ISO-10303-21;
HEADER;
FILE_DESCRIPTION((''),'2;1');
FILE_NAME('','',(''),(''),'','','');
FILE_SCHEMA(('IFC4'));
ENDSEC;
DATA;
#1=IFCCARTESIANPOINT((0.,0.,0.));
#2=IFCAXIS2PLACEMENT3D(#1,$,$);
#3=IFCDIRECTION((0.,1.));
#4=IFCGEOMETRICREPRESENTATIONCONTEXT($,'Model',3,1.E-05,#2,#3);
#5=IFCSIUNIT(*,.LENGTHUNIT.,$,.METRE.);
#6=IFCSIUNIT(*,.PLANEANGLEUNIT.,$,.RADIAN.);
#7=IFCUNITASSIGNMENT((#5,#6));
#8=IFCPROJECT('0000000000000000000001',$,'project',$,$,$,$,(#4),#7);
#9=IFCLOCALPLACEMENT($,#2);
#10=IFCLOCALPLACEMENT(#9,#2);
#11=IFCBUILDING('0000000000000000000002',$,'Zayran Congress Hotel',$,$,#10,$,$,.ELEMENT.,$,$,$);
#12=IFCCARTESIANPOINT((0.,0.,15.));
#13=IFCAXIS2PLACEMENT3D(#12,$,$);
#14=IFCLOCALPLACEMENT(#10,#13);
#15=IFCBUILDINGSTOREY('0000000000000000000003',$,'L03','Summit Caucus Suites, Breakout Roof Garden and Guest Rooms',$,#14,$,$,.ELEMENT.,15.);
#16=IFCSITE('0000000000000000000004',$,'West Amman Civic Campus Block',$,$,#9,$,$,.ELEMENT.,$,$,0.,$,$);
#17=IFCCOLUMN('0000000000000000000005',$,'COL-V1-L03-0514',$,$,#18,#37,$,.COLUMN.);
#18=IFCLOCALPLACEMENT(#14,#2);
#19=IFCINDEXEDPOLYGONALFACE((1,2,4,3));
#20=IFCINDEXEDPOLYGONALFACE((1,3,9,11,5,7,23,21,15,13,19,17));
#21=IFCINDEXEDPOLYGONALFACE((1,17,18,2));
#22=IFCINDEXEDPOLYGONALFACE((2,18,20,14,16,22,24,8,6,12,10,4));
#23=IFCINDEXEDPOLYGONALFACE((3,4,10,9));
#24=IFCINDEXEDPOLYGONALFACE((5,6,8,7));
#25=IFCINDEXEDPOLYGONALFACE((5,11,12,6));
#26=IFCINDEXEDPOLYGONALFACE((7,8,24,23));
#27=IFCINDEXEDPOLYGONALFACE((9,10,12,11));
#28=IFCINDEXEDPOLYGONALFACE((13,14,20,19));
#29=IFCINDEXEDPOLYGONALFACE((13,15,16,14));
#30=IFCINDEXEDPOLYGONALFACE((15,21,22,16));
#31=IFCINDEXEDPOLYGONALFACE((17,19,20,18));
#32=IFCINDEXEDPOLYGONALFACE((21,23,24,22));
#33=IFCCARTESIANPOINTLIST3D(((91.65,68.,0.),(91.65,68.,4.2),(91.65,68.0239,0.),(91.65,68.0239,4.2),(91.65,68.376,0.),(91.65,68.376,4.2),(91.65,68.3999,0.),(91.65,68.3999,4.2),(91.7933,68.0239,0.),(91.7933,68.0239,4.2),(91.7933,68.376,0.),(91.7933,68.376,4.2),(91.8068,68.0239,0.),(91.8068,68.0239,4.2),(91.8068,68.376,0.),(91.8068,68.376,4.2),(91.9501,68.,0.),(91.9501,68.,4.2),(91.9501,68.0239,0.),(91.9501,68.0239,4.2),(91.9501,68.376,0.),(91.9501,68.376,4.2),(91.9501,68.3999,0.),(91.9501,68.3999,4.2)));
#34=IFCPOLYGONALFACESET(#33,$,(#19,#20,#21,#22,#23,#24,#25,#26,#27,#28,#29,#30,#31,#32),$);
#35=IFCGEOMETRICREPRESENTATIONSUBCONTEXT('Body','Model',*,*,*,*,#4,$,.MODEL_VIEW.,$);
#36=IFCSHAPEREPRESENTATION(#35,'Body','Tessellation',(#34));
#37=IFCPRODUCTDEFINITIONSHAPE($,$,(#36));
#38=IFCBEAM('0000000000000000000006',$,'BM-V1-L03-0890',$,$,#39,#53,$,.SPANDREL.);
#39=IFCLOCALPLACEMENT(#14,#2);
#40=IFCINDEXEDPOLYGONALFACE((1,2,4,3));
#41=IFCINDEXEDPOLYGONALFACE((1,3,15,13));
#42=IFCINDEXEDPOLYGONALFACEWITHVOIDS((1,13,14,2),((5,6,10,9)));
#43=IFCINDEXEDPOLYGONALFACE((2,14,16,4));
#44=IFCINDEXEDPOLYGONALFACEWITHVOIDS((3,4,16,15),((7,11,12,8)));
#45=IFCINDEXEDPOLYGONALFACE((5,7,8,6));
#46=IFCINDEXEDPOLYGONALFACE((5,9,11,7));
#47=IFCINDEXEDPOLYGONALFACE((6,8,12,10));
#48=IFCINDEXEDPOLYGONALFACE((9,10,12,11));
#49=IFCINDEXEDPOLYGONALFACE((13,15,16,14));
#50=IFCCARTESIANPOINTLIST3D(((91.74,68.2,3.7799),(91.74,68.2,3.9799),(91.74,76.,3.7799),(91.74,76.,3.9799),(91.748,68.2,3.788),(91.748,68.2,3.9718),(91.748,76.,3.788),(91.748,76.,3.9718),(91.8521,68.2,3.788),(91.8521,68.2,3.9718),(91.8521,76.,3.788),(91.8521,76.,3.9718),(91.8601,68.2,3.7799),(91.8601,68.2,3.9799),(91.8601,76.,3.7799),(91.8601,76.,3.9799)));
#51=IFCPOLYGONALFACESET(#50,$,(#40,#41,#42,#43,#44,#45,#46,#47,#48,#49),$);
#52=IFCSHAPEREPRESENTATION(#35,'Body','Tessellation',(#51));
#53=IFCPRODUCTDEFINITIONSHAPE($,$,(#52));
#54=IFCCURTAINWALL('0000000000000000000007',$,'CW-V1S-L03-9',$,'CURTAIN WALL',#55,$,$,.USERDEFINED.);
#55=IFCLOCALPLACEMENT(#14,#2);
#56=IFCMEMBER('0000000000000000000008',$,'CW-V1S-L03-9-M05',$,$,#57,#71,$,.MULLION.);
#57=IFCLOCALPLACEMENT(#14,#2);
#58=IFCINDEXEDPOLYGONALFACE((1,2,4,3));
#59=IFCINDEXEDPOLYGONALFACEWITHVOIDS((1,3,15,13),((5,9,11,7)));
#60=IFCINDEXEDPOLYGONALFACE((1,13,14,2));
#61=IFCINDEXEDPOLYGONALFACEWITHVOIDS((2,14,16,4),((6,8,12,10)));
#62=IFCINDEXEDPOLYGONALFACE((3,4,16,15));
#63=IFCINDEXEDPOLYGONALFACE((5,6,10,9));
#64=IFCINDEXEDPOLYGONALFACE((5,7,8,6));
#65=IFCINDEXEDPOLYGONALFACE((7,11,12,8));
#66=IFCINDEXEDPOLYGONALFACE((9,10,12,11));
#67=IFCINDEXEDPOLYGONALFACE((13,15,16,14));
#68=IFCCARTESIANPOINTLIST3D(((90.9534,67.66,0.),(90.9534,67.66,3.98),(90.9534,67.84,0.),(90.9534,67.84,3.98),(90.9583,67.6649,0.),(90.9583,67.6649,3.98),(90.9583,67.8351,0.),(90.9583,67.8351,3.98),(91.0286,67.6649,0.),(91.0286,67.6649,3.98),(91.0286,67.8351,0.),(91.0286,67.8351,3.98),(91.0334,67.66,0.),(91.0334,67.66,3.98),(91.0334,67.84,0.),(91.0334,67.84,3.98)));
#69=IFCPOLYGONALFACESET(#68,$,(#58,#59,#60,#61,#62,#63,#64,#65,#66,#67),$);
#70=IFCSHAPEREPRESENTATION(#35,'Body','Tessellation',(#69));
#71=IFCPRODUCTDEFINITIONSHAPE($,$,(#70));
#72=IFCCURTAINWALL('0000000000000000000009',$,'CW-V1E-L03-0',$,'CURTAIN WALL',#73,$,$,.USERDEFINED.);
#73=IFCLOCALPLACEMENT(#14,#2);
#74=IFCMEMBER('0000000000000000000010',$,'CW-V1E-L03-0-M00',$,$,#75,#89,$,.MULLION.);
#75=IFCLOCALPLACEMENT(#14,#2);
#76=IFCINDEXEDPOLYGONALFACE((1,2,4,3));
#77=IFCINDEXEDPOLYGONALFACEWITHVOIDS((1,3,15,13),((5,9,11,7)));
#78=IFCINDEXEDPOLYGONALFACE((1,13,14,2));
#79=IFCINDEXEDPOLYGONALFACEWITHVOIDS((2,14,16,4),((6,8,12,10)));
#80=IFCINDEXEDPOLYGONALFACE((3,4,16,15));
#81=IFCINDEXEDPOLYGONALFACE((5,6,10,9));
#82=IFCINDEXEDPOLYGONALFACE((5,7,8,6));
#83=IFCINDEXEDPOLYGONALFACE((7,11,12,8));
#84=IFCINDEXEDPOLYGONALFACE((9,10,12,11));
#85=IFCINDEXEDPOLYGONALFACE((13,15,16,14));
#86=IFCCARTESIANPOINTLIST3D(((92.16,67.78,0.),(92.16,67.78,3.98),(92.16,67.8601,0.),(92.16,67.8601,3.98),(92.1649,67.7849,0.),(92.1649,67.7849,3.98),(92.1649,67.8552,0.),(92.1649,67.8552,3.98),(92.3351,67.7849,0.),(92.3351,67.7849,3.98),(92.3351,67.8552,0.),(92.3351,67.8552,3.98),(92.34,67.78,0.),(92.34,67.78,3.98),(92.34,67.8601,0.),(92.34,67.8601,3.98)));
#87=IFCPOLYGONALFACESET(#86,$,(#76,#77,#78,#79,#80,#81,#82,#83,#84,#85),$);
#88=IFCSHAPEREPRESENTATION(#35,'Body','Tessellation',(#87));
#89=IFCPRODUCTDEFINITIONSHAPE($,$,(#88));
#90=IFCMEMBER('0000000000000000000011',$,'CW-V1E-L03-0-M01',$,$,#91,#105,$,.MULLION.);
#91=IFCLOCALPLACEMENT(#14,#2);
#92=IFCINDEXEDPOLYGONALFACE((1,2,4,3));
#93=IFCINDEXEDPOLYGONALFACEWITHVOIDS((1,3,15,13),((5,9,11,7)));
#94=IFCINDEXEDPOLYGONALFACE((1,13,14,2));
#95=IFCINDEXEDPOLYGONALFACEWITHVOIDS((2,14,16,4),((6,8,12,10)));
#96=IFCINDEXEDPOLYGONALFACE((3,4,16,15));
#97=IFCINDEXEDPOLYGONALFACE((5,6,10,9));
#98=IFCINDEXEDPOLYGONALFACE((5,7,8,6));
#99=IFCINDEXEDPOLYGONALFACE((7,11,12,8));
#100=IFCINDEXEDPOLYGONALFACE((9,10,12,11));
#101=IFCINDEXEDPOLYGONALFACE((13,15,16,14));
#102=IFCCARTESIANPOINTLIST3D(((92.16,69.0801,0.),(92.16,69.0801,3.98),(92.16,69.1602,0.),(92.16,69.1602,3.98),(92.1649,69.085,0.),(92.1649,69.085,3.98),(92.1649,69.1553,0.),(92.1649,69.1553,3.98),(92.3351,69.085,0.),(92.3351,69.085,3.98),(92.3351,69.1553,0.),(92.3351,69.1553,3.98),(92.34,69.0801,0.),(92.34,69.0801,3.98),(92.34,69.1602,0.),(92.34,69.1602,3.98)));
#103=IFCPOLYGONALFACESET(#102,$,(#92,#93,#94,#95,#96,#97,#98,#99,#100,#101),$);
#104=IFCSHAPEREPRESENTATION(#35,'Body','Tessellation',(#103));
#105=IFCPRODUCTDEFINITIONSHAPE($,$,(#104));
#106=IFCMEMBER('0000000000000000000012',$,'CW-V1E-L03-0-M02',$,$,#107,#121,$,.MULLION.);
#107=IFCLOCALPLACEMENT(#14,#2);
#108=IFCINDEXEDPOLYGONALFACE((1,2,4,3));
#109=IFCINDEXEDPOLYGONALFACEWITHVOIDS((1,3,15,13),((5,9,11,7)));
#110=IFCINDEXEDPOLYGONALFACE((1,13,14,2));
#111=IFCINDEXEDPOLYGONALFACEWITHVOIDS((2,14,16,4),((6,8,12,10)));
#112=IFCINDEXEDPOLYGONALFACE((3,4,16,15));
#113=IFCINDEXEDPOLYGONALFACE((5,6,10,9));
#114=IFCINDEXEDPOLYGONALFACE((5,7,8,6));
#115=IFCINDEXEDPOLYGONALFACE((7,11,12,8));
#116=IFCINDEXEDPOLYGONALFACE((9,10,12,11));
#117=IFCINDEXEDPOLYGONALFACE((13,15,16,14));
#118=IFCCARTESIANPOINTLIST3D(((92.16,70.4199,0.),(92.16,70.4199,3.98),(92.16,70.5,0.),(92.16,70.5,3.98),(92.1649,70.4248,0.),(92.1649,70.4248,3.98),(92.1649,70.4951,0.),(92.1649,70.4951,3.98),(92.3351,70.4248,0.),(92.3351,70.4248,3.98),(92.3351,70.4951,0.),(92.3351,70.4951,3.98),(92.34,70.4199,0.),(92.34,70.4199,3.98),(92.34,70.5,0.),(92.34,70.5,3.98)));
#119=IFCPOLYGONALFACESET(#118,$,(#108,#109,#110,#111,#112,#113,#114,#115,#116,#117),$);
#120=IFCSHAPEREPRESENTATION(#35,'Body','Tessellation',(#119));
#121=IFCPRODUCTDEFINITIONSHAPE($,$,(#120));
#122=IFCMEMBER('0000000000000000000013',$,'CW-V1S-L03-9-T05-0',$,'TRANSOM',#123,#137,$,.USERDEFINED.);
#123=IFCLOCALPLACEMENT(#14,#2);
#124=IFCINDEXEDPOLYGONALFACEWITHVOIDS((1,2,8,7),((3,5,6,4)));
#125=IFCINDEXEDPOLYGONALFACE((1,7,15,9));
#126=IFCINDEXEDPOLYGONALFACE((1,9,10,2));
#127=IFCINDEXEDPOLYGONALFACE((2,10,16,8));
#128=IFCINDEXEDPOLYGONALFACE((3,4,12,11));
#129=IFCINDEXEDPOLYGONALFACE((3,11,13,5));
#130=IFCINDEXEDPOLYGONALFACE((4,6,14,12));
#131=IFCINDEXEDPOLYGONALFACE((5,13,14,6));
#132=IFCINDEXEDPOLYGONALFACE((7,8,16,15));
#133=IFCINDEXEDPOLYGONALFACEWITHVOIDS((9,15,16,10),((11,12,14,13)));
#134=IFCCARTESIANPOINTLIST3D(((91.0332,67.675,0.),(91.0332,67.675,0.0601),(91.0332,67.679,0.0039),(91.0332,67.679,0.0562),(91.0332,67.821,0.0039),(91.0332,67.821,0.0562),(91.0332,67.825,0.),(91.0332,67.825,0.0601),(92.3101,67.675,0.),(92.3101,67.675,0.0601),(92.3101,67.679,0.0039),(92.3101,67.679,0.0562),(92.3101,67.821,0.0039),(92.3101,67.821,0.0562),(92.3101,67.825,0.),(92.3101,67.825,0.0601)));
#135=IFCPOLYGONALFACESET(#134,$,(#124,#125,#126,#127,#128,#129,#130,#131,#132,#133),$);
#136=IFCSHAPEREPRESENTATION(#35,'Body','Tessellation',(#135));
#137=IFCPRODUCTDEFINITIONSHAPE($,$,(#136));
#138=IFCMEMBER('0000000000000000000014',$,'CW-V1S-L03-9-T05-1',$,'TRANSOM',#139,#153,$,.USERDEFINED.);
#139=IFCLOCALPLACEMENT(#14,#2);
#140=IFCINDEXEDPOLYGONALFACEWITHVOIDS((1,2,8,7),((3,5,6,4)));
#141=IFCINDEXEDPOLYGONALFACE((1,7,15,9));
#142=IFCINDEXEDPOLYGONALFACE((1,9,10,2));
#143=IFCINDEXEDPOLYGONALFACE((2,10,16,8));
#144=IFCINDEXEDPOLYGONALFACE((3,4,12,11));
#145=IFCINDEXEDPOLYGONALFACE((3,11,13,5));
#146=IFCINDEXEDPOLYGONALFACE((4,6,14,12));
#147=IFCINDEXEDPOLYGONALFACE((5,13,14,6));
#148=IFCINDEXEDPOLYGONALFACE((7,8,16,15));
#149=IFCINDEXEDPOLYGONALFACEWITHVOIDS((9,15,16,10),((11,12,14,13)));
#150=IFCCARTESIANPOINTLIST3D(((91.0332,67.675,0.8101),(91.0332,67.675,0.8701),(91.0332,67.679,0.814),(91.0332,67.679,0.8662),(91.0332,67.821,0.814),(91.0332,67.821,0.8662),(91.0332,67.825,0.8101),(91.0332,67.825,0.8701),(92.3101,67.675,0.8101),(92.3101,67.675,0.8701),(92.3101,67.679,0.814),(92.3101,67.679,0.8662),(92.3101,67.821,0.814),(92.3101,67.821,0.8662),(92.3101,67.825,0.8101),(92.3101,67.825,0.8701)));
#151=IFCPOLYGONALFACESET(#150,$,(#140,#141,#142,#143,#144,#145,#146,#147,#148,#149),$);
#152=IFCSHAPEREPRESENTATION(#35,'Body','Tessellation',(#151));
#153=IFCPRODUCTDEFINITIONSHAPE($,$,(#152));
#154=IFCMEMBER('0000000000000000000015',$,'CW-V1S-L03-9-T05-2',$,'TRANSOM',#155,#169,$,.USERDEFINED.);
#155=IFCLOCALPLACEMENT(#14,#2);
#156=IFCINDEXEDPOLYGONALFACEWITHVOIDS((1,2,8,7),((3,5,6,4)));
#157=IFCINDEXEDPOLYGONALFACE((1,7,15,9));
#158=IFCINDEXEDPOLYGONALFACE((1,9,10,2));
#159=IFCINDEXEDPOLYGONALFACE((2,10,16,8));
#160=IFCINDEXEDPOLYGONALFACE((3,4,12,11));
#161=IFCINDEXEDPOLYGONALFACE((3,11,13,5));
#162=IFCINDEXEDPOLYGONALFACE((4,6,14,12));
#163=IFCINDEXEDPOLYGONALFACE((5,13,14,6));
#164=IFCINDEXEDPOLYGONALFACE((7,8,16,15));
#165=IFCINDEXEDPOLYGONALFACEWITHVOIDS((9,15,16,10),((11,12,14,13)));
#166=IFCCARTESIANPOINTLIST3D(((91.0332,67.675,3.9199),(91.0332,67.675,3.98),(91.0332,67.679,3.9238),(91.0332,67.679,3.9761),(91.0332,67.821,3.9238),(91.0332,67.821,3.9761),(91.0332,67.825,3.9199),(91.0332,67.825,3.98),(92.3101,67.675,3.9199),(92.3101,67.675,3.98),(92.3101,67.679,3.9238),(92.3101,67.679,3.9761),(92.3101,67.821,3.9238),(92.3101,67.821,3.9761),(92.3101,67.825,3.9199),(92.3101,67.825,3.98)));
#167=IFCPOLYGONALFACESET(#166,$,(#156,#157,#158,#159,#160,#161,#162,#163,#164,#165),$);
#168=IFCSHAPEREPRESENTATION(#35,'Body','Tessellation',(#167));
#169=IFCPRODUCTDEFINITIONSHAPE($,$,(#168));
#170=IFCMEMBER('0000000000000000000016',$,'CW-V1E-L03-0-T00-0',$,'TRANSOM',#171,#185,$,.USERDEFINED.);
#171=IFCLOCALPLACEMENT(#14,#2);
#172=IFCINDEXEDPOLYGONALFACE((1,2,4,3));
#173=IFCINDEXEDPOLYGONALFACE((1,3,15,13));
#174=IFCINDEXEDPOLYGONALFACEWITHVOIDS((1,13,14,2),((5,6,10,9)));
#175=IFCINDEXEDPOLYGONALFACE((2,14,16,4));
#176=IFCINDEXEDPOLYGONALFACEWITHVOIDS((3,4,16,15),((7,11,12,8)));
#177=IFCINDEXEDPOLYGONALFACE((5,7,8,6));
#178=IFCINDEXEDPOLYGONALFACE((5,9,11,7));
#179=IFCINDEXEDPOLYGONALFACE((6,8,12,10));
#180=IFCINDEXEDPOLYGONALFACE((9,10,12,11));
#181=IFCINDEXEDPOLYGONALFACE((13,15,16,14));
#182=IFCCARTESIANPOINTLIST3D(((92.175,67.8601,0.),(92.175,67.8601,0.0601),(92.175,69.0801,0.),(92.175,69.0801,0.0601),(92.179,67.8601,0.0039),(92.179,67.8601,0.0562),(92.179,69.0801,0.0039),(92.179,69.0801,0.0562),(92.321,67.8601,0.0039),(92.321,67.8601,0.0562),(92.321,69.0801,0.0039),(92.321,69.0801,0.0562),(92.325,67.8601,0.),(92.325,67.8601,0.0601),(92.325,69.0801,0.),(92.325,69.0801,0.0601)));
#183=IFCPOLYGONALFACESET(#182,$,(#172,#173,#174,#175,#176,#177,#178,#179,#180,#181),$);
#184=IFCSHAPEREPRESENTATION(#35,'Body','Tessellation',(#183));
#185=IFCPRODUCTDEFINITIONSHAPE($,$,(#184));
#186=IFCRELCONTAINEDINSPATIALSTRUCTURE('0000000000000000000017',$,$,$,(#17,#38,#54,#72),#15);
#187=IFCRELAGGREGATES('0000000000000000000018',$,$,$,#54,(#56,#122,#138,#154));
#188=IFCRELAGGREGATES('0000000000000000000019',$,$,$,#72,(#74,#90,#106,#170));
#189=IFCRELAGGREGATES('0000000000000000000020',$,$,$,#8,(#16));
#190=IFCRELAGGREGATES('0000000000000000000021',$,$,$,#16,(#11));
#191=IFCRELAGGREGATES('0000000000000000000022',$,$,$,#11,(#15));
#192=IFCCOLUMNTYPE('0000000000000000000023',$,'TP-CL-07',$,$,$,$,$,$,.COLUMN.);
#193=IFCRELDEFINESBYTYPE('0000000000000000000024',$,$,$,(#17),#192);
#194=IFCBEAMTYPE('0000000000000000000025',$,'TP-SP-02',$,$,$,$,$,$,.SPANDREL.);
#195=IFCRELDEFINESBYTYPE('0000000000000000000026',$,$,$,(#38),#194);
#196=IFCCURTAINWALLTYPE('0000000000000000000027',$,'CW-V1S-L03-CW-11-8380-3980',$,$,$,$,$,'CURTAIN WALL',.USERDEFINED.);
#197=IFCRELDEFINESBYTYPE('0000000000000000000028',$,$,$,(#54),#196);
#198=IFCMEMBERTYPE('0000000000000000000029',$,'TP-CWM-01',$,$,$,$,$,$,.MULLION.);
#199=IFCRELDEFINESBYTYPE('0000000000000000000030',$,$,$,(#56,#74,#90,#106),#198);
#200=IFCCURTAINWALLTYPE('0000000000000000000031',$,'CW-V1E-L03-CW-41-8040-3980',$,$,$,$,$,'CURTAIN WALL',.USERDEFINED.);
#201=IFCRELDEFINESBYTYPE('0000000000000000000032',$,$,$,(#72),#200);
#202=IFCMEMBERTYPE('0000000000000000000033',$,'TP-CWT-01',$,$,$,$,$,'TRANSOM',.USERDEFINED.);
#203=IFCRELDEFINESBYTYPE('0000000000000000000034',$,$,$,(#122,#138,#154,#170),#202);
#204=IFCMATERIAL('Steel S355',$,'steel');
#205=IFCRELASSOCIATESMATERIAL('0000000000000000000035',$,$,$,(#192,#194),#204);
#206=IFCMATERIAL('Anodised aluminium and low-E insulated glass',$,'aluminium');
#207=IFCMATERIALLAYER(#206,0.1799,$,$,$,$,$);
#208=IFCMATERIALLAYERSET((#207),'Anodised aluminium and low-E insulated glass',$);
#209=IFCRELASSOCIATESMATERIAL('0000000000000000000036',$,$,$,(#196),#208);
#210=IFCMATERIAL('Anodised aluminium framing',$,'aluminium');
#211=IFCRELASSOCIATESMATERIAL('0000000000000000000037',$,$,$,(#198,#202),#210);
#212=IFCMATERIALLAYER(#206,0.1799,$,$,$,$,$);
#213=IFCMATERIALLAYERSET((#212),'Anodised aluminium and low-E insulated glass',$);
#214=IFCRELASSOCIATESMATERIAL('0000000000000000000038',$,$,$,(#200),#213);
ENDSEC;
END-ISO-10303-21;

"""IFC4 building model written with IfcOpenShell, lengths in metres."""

from ifc_helpers import new_model, si_unit, direction, frame, origin, origin_2d, place, context, subcontext, project, spatial, hollow_rectangle, i_section, extrude, material, layer, layer_set, material_profile, profile_set, type_object, element, aggregate, save


model = new_model("IFC4")

# Units and contexts
model_context = context("Model", 3, precision=1e-05, world=origin(), true_north=direction((0.0, 1.0)))
body_context = subcontext(model_context, "Body", "Model", "MODEL_VIEW")
ifc_project = project(units=[si_unit("LENGTHUNIT", "METRE"), si_unit("PLANEANGLEUNIT", "RADIAN")], contexts=[model_context])

# Site, building, storey
site_placement = place(None, origin())
site = spatial("IfcSite", under=ifc_project, at=site_placement, Name="West Amman Civic Campus Block", CompositionType="ELEMENT", RefElevation=0.0)
building_placement = place(site_placement, origin())
building = spatial("IfcBuilding", under=site, at=building_placement, Name="Zayran Congress Hotel", CompositionType="ELEMENT")
storey_placement = place(building_placement, frame((0.0, 0.0, 15.0)))
storey = spatial("IfcBuildingStorey", under=building, at=storey_placement, Name="L03", Description="Summit Caucus Suites, Breakout Roof Garden and Guest Rooms", CompositionType="ELEMENT", Elevation=15.0)

# Column
ifc_material_1 = material(Name="Steel S355", Category="steel")
ifc_material_profile_1 = material_profile(ifc_material_1, i_section(OverallWidth=0.3, OverallDepth=0.3999, WebThickness=0.0134, FlangeThickness=0.0239, at=origin_2d()), Name="HEB 400")
ifc_profile_set_1 = profile_set([ifc_material_profile_1], Name="Steel S355")
column_type = type_object("IfcColumnType", Name="TP-CL-07", PredefinedType="COLUMN", material=ifc_profile_set_1)
column_placement = place(storey_placement, frame((91.8, 68.2, 0.0), z_axis=(0.0, 0.0, 1.0), x_axis=(1.0, 0.0, 0.0)))
element("IfcColumn", 1, at=column_placement, inside=storey, type_object=column_type, Name="COL-V1-L03-0514", PredefinedType="COLUMN", context=body_context, shape_type="SweptSolid", body=[
    extrude(i_section(OverallWidth=0.3, OverallDepth=0.3999, WebThickness=0.0134, FlangeThickness=0.0239, at=origin_2d()), origin(), (0.0, 0.0, 1.0), 4.2),
])

# Beam
ifc_material_profile_2 = material_profile(ifc_material_1, hollow_rectangle(XDim=0.1201, YDim=0.2, WallThickness=0.0081, at=origin_2d()), Name="RHS 200x120x8")
ifc_profile_set_2 = profile_set([ifc_material_profile_2], Name="Steel S355")
beam_type = type_object("IfcBeamType", Name="TP-SP-02", PredefinedType="SPANDREL", material=ifc_profile_set_2)
beam_placement = place(storey_placement, frame((91.8, 68.2, 3.8799), z_axis=(0.0, 1.0, 0.0), x_axis=(-1.0, 0.0, 0.0)))
element("IfcBeam", 2, at=beam_placement, inside=storey, type_object=beam_type, Name="BM-V1-L03-0890", PredefinedType="SPANDREL", context=body_context, shape_type="SweptSolid", body=[
    extrude(hollow_rectangle(XDim=0.1201, YDim=0.2, WallThickness=0.0081, at=origin_2d()), origin(), (0.0, 0.0, 1.0), 7.8),
])

# Curtain wall, member
ifc_material_2 = material(Name="Anodised aluminium and low-E insulated glass", Category="aluminium")
ifc_layer_1 = layer(ifc_material_2, 0.1799)
ifc_layer_set_1 = layer_set([ifc_layer_1], Name="Anodised aluminium and low-E insulated glass")
curtain_wall_type_1 = type_object("IfcCurtainWallType", Name="CW-V1S-L03-CW-11-8380-3980", ElementType="CURTAIN WALL", PredefinedType="USERDEFINED", material=ifc_layer_set_1)
curtain_wall_1_placement = place(storey_placement, origin())
curtain_wall_1 = element("IfcCurtainWall", 3, at=curtain_wall_1_placement, inside=storey, type_object=curtain_wall_type_1, Name="CW-V1S-L03-9", ObjectType="CURTAIN WALL", PredefinedType="USERDEFINED")
ifc_material_3 = material(Name="Anodised aluminium framing", Category="aluminium")
ifc_material_profile_3 = material_profile(ifc_material_3, hollow_rectangle(XDim=0.0801, YDim=0.1799, WallThickness=0.0049, at=origin_2d()), Name="RHS 180x80x5")
ifc_profile_set_3 = profile_set([ifc_material_profile_3], Name="Anodised aluminium framing")
member_type_1 = type_object("IfcMemberType", Name="TP-CWM-01", PredefinedType="MULLION", material=ifc_profile_set_3)
member_1_placement = place(storey_placement, frame((90.9934, 67.75, 0.0), z_axis=(0.0, 0.0, 1.0), x_axis=(1.0, 0.0, 0.0)))
member_1 = element("IfcMember", 4, at=member_1_placement, type_object=member_type_1, Name="CW-V1S-L03-9-M05", PredefinedType="MULLION", context=body_context, shape_type="SweptSolid", body=[
    extrude(hollow_rectangle(XDim=0.0801, YDim=0.1799, WallThickness=0.0049, at=origin_2d()), origin(), (0.0, 0.0, 1.0), 3.98),
])

# Curtain wall, members
ifc_layer_2 = layer(ifc_material_2, 0.1799)
ifc_layer_set_2 = layer_set([ifc_layer_2], Name="Anodised aluminium and low-E insulated glass")
curtain_wall_type_2 = type_object("IfcCurtainWallType", Name="CW-V1E-L03-CW-41-8040-3980", ElementType="CURTAIN WALL", PredefinedType="USERDEFINED", material=ifc_layer_set_2)
curtain_wall_2_placement = place(storey_placement, origin())
curtain_wall_2 = element("IfcCurtainWall", 5, at=curtain_wall_2_placement, inside=storey, type_object=curtain_wall_type_2, Name="CW-V1E-L03-0", ObjectType="CURTAIN WALL", PredefinedType="USERDEFINED")
member_2_placement = place(storey_placement, frame((92.25, 67.8201, 0.0), z_axis=(0.0, 0.0, 1.0), x_axis=(0.0, 1.0, 0.0)))
member_2 = element("IfcMember", 6, at=member_2_placement, type_object=member_type_1, Name="CW-V1E-L03-0-M00", PredefinedType="MULLION", context=body_context, shape_type="SweptSolid", body=[
    extrude(hollow_rectangle(XDim=0.0801, YDim=0.1799, WallThickness=0.0049, at=origin_2d()), origin(), (0.0, 0.0, 1.0), 3.98),
])
member_3_placement = place(storey_placement, frame((92.25, 69.1201, 0.0), z_axis=(0.0, 0.0, 1.0), x_axis=(0.0, 1.0, 0.0)))
member_3 = element("IfcMember", 7, at=member_3_placement, type_object=member_type_1, Name="CW-V1E-L03-0-M01", PredefinedType="MULLION", context=body_context, shape_type="SweptSolid", body=[
    extrude(hollow_rectangle(XDim=0.0801, YDim=0.1799, WallThickness=0.0049, at=origin_2d()), origin(), (0.0, 0.0, 1.0), 3.98),
])
member_4_placement = place(storey_placement, frame((92.25, 70.46, 0.0), z_axis=(0.0, 0.0, 1.0), x_axis=(0.0, 1.0, 0.0)))
member_4 = element("IfcMember", 8, at=member_4_placement, type_object=member_type_1, Name="CW-V1E-L03-0-M02", PredefinedType="MULLION", context=body_context, shape_type="SweptSolid", body=[
    extrude(hollow_rectangle(XDim=0.0801, YDim=0.1799, WallThickness=0.0049, at=origin_2d()), origin(), (0.0, 0.0, 1.0), 3.98),
])

# Members
ifc_material_profile_4 = material_profile(ifc_material_3, hollow_rectangle(XDim=0.0601, YDim=0.1499, WallThickness=0.0039, at=origin_2d()), Name="RHS 150x60x4")
ifc_profile_set_4 = profile_set([ifc_material_profile_4], Name="Anodised aluminium framing")
member_type_2 = type_object("IfcMemberType", Name="TP-CWT-01", ElementType="TRANSOM", PredefinedType="USERDEFINED", material=ifc_profile_set_4)
member_5_placement = place(storey_placement, frame((91.0332, 67.75, 0.03), z_axis=(1.0, 0.0, 0.0), x_axis=(0.0, 0.0, 1.0)))
member_5 = element("IfcMember", 9, at=member_5_placement, type_object=member_type_2, Name="CW-V1S-L03-9-T05-0", ObjectType="TRANSOM", PredefinedType="USERDEFINED", context=body_context, shape_type="SweptSolid", body=[
    extrude(hollow_rectangle(XDim=0.0601, YDim=0.1499, WallThickness=0.0039, at=origin_2d()), origin(), (0.0, 0.0, 1.0), 1.2769),
])
member_6_placement = place(storey_placement, frame((91.0332, 67.75, 0.8401), z_axis=(1.0, 0.0, 0.0), x_axis=(0.0, 0.0, 1.0)))
member_6 = element("IfcMember", 10, at=member_6_placement, type_object=member_type_2, Name="CW-V1S-L03-9-T05-1", ObjectType="TRANSOM", PredefinedType="USERDEFINED", context=body_context, shape_type="SweptSolid", body=[
    extrude(hollow_rectangle(XDim=0.0601, YDim=0.1499, WallThickness=0.0039, at=origin_2d()), origin(), (0.0, 0.0, 1.0), 1.2769),
])
member_7_placement = place(storey_placement, frame((91.0332, 67.75, 3.95), z_axis=(1.0, 0.0, 0.0), x_axis=(0.0, 0.0, 1.0)))
member_7 = element("IfcMember", 11, at=member_7_placement, type_object=member_type_2, Name="CW-V1S-L03-9-T05-2", ObjectType="TRANSOM", PredefinedType="USERDEFINED", context=body_context, shape_type="SweptSolid", body=[
    extrude(hollow_rectangle(XDim=0.0601, YDim=0.1499, WallThickness=0.0039, at=origin_2d()), origin(), (0.0, 0.0, 1.0), 1.2769),
])
member_8_placement = place(storey_placement, frame((92.25, 67.8601, 0.03), z_axis=(0.0, 1.0, 0.0), x_axis=(0.0, 0.0, 1.0)))
member_8 = element("IfcMember", 12, at=member_8_placement, type_object=member_type_2, Name="CW-V1E-L03-0-T00-0", ObjectType="TRANSOM", PredefinedType="USERDEFINED", context=body_context, shape_type="SweptSolid", body=[
    extrude(hollow_rectangle(XDim=0.0601, YDim=0.1499, WallThickness=0.0039, at=origin_2d()), origin(), (0.0, 0.0, 1.0), 1.22),
])

aggregate(curtain_wall_1, [member_1, member_5, member_6, member_7])
aggregate(curtain_wall_2, [member_2, member_3, member_4, member_8])

save(model, "model.ifc")
